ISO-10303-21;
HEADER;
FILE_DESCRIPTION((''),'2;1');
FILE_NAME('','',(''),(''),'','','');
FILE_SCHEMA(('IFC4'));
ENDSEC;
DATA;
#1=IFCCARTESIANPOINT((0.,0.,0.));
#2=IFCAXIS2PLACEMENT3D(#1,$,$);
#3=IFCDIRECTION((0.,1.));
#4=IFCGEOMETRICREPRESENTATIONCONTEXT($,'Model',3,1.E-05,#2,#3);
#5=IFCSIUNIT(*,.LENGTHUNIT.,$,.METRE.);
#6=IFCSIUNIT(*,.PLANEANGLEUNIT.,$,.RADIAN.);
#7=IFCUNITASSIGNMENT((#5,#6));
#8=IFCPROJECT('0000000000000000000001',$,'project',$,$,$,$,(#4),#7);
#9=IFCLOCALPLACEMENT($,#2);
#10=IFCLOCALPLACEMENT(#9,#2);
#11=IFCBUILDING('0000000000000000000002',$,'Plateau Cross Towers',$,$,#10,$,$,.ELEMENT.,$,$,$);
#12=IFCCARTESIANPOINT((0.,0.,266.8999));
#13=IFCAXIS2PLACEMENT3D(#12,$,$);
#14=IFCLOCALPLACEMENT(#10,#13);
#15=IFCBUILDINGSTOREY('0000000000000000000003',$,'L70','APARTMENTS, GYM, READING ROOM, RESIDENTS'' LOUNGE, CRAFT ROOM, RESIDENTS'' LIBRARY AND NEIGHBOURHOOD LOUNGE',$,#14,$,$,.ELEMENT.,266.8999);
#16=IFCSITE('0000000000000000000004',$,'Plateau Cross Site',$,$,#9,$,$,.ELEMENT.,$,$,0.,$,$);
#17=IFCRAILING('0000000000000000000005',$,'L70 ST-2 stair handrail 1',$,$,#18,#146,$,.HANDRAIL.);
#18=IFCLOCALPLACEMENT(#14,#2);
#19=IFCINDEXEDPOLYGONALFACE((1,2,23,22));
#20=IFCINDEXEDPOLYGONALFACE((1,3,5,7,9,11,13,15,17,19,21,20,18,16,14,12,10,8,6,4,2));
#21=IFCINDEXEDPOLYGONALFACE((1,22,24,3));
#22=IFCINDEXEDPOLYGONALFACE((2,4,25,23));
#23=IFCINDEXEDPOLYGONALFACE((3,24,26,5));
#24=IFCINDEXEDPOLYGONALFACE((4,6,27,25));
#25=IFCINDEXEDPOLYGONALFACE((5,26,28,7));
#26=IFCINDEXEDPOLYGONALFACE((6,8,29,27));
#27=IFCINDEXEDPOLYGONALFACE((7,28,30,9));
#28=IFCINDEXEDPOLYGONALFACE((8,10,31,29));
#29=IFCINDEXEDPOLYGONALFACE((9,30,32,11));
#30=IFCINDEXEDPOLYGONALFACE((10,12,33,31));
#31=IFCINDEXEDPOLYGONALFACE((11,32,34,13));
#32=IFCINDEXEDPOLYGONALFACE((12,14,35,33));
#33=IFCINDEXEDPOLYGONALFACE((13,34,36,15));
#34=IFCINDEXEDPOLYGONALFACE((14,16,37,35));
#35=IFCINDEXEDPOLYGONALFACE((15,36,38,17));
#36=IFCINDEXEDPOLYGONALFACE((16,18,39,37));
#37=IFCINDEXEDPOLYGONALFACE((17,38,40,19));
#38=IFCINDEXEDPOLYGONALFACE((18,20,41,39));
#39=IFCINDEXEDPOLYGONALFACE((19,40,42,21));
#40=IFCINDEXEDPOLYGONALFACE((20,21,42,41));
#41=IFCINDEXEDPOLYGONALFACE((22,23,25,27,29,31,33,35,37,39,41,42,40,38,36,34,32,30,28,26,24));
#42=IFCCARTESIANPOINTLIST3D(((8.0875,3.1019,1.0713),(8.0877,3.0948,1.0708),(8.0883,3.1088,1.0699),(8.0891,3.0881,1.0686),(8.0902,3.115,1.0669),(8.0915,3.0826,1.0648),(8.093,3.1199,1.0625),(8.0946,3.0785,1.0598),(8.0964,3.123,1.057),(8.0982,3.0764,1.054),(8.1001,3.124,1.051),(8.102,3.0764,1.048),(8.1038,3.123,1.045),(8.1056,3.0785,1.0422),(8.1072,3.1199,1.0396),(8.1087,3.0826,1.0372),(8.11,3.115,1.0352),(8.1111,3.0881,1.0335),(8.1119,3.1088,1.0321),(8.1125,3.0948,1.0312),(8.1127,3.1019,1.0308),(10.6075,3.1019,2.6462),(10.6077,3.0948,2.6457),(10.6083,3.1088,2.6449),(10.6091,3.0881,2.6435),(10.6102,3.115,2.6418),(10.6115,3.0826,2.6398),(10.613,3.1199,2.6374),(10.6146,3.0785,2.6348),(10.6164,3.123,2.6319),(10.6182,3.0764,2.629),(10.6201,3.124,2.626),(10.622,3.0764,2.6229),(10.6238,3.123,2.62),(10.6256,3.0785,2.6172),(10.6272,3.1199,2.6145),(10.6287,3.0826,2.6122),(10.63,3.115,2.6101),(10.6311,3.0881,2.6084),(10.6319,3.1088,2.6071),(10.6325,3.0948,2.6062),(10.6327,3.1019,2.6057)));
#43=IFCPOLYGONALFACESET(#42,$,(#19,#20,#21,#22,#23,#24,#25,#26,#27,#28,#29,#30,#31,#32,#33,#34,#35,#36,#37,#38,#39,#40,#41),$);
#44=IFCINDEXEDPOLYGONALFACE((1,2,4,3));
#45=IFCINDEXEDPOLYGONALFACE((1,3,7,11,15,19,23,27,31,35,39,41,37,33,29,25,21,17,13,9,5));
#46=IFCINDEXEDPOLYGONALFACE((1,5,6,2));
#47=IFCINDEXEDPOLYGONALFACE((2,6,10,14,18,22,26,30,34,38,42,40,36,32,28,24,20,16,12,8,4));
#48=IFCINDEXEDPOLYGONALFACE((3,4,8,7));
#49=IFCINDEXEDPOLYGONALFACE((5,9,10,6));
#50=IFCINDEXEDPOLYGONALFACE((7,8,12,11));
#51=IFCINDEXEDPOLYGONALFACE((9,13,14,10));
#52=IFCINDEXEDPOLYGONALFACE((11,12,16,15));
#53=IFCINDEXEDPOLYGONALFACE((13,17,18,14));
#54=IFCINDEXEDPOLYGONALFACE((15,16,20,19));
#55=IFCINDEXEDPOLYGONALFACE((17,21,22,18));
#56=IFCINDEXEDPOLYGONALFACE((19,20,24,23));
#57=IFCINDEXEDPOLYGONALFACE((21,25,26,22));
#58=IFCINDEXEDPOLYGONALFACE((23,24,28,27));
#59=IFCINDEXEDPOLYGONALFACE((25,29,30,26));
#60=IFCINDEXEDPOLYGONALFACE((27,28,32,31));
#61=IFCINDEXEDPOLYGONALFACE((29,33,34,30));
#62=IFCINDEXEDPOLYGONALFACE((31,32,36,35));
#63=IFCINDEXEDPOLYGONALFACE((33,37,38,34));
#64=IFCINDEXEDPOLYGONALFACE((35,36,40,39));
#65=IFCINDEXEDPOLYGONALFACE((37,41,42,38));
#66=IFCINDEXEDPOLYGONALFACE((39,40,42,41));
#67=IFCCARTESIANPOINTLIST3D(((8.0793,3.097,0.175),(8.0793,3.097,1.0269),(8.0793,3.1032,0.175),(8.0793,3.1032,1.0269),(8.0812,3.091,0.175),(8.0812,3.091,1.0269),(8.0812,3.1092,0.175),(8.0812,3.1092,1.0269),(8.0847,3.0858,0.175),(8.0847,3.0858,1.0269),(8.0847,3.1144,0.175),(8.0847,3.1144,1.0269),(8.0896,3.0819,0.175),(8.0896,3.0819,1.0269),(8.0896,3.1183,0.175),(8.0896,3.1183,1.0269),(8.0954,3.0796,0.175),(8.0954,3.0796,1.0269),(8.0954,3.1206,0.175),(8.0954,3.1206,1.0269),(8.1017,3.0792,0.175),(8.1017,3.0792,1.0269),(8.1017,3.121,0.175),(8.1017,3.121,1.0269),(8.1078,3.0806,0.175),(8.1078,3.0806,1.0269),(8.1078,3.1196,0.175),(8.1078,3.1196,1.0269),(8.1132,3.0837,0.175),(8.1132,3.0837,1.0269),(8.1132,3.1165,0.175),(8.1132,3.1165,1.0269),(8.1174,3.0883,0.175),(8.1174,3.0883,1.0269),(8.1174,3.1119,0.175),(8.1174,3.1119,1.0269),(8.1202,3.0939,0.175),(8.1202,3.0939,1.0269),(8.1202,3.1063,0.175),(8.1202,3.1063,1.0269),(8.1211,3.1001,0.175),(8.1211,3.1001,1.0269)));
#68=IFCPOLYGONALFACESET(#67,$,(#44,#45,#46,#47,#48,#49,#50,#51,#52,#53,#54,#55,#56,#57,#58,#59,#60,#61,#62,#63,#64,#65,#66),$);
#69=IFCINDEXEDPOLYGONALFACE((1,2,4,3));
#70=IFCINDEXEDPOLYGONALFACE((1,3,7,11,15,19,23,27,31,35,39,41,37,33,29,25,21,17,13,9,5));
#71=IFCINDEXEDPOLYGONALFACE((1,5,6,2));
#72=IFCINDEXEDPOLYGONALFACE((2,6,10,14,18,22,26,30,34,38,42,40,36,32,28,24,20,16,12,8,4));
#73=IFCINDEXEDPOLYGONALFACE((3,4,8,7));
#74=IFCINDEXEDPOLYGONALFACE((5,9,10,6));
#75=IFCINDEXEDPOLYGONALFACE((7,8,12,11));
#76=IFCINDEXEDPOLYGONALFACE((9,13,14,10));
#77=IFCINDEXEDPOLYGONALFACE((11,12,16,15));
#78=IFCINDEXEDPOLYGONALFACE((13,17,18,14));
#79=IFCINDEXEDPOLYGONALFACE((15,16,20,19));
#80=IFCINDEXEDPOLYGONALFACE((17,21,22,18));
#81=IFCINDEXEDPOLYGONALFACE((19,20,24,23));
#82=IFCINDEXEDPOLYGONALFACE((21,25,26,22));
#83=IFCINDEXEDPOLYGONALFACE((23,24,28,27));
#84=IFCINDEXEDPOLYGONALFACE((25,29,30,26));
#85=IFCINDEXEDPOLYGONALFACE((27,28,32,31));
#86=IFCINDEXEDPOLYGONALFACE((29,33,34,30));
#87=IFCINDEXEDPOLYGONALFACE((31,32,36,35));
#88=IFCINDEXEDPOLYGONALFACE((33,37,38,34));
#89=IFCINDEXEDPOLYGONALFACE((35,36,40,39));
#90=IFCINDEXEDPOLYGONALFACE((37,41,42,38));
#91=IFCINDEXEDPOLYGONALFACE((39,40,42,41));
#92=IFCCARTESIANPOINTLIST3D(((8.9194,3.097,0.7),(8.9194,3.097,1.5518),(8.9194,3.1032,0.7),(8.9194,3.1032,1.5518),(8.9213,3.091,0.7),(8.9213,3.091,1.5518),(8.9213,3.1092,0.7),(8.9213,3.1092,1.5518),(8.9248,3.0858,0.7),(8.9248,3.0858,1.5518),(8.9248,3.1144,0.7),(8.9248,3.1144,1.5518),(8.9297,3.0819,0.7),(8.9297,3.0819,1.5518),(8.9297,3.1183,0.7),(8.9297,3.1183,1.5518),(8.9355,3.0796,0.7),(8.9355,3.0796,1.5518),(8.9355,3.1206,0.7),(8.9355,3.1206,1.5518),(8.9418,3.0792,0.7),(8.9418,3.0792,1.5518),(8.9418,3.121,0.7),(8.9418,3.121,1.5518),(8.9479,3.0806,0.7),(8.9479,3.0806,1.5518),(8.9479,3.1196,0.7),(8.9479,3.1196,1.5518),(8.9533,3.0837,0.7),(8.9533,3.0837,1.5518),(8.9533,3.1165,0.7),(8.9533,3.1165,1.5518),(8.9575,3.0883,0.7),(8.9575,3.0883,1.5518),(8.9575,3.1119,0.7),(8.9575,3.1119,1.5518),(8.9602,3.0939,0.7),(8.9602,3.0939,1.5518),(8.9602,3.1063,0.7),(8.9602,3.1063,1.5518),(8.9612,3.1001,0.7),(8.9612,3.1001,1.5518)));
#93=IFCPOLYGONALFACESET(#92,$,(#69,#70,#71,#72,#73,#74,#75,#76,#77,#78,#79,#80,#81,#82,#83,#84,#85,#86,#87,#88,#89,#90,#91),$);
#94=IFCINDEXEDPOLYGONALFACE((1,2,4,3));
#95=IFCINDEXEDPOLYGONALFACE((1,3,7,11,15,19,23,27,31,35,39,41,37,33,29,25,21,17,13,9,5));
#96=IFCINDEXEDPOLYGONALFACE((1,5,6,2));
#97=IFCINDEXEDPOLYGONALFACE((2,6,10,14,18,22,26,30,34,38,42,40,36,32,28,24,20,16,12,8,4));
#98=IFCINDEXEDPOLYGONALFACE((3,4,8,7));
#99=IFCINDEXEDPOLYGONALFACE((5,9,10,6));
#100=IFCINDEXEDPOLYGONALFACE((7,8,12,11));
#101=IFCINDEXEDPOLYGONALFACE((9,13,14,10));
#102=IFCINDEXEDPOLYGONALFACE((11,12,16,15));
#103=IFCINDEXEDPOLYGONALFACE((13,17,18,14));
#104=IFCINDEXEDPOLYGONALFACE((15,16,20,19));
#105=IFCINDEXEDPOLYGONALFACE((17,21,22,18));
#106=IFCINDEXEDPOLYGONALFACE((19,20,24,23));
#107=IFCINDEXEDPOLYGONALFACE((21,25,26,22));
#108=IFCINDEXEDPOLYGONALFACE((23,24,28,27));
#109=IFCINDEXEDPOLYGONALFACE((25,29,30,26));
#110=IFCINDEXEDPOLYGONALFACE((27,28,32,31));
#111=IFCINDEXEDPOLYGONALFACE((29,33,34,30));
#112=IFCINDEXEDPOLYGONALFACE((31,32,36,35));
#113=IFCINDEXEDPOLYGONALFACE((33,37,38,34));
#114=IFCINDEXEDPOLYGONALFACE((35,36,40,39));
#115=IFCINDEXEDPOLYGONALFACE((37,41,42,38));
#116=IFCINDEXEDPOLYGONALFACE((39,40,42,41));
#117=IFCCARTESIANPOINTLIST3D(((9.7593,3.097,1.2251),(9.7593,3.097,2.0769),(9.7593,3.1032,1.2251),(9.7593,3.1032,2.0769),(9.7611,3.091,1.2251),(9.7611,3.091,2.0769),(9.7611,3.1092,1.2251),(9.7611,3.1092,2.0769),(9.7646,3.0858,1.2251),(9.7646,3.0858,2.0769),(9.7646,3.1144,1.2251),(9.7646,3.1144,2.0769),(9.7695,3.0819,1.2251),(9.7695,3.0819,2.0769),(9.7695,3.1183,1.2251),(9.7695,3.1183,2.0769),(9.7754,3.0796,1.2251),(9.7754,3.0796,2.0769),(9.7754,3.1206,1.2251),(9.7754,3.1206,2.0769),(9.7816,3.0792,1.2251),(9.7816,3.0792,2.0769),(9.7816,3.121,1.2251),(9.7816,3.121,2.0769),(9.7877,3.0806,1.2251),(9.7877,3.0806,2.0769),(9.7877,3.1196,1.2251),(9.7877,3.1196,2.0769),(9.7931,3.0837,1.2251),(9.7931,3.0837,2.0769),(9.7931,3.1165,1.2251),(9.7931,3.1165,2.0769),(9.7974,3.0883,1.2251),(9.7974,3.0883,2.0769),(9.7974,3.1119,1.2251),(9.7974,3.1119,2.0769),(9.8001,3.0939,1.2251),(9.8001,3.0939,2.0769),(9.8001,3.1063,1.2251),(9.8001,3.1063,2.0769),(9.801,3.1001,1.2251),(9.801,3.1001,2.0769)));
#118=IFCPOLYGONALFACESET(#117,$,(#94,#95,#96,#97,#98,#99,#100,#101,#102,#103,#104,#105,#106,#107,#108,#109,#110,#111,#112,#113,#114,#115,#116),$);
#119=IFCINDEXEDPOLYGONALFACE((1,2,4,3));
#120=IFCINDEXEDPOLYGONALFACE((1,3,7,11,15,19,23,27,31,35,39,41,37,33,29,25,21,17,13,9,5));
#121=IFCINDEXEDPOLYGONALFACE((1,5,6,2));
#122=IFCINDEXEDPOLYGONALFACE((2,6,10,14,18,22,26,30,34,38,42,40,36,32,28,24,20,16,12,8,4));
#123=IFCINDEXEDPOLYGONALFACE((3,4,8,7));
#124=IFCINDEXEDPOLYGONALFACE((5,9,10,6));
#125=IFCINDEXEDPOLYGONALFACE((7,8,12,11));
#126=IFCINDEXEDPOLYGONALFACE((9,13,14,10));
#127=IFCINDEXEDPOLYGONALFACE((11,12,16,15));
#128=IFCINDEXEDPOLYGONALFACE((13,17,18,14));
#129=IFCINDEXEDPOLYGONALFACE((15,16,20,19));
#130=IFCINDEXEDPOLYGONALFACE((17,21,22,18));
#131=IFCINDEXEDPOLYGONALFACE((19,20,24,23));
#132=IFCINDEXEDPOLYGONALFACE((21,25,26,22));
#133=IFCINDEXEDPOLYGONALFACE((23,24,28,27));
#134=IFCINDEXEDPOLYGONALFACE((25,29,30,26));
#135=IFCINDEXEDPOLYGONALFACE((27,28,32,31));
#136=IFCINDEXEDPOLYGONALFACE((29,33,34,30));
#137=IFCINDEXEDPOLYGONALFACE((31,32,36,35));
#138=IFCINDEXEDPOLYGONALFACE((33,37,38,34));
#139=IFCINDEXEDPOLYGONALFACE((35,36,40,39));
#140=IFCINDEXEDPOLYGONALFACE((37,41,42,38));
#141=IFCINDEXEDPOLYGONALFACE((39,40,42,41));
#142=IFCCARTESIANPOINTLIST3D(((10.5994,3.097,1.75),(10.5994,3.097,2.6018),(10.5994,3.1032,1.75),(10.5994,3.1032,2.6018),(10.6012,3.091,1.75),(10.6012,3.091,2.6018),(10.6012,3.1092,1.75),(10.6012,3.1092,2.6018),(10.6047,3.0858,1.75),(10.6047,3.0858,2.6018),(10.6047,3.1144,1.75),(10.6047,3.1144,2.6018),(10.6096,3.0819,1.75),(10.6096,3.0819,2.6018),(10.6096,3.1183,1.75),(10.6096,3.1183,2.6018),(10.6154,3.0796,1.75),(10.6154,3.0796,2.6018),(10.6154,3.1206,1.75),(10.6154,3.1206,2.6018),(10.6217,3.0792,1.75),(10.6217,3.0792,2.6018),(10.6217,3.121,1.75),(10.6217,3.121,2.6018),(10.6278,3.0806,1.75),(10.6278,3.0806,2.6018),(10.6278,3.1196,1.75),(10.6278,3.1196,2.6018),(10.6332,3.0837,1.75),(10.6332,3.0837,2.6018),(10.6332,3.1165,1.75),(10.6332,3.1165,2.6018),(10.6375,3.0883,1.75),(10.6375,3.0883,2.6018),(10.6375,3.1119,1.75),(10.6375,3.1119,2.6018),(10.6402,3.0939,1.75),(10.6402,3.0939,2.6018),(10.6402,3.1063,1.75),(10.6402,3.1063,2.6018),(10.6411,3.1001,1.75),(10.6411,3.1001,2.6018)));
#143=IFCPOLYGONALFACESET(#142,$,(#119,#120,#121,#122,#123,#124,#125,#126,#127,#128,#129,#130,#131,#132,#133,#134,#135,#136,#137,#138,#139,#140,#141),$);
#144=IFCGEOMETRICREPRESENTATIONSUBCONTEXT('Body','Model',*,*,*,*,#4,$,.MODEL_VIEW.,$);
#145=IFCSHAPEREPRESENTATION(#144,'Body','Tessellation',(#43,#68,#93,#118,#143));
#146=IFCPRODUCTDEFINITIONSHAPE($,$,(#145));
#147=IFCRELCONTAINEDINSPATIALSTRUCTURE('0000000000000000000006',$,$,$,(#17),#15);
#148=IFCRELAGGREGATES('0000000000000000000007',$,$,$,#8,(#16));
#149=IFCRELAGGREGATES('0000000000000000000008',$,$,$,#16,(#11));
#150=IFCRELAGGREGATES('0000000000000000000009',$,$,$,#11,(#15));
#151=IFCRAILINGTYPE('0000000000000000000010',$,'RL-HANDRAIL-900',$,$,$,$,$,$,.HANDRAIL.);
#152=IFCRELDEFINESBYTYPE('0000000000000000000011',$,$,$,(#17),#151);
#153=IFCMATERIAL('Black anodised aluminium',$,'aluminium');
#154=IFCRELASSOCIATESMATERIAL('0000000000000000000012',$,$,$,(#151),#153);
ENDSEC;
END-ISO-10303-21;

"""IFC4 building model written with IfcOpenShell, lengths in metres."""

from ifc_helpers import new_model, si_unit, direction, frame, origin, origin_2d, place, context, subcontext, project, spatial, circle, extrude, material, type_object, element, save


model = new_model("IFC4")

# Units and contexts
model_context = context("Model", 3, precision=1e-05, world=origin(), true_north=direction((0.0, 1.0)))
body_context = subcontext(model_context, "Body", "Model", "MODEL_VIEW")
ifc_project = project(units=[si_unit("LENGTHUNIT", "METRE"), si_unit("PLANEANGLEUNIT", "RADIAN")], contexts=[model_context])

# Site, building, storey
site_placement = place(None, origin())
site = spatial("IfcSite", under=ifc_project, at=site_placement, Name="Plateau Cross Site", CompositionType="ELEMENT", RefElevation=0.0)
building_placement = place(site_placement, origin())
building = spatial("IfcBuilding", under=site, at=building_placement, Name="Plateau Cross Towers", CompositionType="ELEMENT")
storey_placement = place(building_placement, frame((0.0, 0.0, 266.8999)))
storey = spatial("IfcBuildingStorey", under=building, at=storey_placement, Name="L70", Description="APARTMENTS, GYM, READING ROOM, RESIDENTS' LOUNGE, CRAFT ROOM, RESIDENTS' LIBRARY AND NEIGHBOURHOOD LOUNGE", CompositionType="ELEMENT", Elevation=266.8999)

# Shared definitions
ifc_material_1 = material(Name="Black anodised aluminium", Category="aluminium")

# Railing
railing_type_1 = type_object("IfcRailingType", Name="RL-HANDRAIL-900", PredefinedType="HANDRAIL", material=ifc_material_1)
railing_1_placement = place(storey_placement, frame((8.1001, 3.1001, 0.175)))
element("IfcRailing", 1, at=railing_1_placement, inside=storey, type_object=railing_type_1, Name="L70 ST-2 stair handrail 1", PredefinedType="HANDRAIL", context=body_context, shape_type="SweptSolid", body=[
    extrude(circle(Radius=0.0239, at=origin_2d()), frame((0.0, 0.0, 0.876), z_axis=(0.848008, 0.0, 0.529984), x_axis=(0.0, 1.0, 0.0)), (0.0, 0.0, 1.0), 2.9717),
    extrude(circle(Radius=0.021, at=origin_2d()), origin(), (0.0, 0.0, 1.0), 0.8518),
    extrude(circle(Radius=0.021, at=origin_2d()), frame((0.8401, 0.0, 0.5249)), (0.0, 0.0, 1.0), 0.8518),
    extrude(circle(Radius=0.021, at=origin_2d()), frame((1.6799, 0.0, 1.05)), (0.0, 0.0, 1.0), 0.8518),
    extrude(circle(Radius=0.021, at=origin_2d()), frame((2.52, 0.0, 1.575)), (0.0, 0.0, 1.0), 0.8518),
])

save(model, "model.ifc")
